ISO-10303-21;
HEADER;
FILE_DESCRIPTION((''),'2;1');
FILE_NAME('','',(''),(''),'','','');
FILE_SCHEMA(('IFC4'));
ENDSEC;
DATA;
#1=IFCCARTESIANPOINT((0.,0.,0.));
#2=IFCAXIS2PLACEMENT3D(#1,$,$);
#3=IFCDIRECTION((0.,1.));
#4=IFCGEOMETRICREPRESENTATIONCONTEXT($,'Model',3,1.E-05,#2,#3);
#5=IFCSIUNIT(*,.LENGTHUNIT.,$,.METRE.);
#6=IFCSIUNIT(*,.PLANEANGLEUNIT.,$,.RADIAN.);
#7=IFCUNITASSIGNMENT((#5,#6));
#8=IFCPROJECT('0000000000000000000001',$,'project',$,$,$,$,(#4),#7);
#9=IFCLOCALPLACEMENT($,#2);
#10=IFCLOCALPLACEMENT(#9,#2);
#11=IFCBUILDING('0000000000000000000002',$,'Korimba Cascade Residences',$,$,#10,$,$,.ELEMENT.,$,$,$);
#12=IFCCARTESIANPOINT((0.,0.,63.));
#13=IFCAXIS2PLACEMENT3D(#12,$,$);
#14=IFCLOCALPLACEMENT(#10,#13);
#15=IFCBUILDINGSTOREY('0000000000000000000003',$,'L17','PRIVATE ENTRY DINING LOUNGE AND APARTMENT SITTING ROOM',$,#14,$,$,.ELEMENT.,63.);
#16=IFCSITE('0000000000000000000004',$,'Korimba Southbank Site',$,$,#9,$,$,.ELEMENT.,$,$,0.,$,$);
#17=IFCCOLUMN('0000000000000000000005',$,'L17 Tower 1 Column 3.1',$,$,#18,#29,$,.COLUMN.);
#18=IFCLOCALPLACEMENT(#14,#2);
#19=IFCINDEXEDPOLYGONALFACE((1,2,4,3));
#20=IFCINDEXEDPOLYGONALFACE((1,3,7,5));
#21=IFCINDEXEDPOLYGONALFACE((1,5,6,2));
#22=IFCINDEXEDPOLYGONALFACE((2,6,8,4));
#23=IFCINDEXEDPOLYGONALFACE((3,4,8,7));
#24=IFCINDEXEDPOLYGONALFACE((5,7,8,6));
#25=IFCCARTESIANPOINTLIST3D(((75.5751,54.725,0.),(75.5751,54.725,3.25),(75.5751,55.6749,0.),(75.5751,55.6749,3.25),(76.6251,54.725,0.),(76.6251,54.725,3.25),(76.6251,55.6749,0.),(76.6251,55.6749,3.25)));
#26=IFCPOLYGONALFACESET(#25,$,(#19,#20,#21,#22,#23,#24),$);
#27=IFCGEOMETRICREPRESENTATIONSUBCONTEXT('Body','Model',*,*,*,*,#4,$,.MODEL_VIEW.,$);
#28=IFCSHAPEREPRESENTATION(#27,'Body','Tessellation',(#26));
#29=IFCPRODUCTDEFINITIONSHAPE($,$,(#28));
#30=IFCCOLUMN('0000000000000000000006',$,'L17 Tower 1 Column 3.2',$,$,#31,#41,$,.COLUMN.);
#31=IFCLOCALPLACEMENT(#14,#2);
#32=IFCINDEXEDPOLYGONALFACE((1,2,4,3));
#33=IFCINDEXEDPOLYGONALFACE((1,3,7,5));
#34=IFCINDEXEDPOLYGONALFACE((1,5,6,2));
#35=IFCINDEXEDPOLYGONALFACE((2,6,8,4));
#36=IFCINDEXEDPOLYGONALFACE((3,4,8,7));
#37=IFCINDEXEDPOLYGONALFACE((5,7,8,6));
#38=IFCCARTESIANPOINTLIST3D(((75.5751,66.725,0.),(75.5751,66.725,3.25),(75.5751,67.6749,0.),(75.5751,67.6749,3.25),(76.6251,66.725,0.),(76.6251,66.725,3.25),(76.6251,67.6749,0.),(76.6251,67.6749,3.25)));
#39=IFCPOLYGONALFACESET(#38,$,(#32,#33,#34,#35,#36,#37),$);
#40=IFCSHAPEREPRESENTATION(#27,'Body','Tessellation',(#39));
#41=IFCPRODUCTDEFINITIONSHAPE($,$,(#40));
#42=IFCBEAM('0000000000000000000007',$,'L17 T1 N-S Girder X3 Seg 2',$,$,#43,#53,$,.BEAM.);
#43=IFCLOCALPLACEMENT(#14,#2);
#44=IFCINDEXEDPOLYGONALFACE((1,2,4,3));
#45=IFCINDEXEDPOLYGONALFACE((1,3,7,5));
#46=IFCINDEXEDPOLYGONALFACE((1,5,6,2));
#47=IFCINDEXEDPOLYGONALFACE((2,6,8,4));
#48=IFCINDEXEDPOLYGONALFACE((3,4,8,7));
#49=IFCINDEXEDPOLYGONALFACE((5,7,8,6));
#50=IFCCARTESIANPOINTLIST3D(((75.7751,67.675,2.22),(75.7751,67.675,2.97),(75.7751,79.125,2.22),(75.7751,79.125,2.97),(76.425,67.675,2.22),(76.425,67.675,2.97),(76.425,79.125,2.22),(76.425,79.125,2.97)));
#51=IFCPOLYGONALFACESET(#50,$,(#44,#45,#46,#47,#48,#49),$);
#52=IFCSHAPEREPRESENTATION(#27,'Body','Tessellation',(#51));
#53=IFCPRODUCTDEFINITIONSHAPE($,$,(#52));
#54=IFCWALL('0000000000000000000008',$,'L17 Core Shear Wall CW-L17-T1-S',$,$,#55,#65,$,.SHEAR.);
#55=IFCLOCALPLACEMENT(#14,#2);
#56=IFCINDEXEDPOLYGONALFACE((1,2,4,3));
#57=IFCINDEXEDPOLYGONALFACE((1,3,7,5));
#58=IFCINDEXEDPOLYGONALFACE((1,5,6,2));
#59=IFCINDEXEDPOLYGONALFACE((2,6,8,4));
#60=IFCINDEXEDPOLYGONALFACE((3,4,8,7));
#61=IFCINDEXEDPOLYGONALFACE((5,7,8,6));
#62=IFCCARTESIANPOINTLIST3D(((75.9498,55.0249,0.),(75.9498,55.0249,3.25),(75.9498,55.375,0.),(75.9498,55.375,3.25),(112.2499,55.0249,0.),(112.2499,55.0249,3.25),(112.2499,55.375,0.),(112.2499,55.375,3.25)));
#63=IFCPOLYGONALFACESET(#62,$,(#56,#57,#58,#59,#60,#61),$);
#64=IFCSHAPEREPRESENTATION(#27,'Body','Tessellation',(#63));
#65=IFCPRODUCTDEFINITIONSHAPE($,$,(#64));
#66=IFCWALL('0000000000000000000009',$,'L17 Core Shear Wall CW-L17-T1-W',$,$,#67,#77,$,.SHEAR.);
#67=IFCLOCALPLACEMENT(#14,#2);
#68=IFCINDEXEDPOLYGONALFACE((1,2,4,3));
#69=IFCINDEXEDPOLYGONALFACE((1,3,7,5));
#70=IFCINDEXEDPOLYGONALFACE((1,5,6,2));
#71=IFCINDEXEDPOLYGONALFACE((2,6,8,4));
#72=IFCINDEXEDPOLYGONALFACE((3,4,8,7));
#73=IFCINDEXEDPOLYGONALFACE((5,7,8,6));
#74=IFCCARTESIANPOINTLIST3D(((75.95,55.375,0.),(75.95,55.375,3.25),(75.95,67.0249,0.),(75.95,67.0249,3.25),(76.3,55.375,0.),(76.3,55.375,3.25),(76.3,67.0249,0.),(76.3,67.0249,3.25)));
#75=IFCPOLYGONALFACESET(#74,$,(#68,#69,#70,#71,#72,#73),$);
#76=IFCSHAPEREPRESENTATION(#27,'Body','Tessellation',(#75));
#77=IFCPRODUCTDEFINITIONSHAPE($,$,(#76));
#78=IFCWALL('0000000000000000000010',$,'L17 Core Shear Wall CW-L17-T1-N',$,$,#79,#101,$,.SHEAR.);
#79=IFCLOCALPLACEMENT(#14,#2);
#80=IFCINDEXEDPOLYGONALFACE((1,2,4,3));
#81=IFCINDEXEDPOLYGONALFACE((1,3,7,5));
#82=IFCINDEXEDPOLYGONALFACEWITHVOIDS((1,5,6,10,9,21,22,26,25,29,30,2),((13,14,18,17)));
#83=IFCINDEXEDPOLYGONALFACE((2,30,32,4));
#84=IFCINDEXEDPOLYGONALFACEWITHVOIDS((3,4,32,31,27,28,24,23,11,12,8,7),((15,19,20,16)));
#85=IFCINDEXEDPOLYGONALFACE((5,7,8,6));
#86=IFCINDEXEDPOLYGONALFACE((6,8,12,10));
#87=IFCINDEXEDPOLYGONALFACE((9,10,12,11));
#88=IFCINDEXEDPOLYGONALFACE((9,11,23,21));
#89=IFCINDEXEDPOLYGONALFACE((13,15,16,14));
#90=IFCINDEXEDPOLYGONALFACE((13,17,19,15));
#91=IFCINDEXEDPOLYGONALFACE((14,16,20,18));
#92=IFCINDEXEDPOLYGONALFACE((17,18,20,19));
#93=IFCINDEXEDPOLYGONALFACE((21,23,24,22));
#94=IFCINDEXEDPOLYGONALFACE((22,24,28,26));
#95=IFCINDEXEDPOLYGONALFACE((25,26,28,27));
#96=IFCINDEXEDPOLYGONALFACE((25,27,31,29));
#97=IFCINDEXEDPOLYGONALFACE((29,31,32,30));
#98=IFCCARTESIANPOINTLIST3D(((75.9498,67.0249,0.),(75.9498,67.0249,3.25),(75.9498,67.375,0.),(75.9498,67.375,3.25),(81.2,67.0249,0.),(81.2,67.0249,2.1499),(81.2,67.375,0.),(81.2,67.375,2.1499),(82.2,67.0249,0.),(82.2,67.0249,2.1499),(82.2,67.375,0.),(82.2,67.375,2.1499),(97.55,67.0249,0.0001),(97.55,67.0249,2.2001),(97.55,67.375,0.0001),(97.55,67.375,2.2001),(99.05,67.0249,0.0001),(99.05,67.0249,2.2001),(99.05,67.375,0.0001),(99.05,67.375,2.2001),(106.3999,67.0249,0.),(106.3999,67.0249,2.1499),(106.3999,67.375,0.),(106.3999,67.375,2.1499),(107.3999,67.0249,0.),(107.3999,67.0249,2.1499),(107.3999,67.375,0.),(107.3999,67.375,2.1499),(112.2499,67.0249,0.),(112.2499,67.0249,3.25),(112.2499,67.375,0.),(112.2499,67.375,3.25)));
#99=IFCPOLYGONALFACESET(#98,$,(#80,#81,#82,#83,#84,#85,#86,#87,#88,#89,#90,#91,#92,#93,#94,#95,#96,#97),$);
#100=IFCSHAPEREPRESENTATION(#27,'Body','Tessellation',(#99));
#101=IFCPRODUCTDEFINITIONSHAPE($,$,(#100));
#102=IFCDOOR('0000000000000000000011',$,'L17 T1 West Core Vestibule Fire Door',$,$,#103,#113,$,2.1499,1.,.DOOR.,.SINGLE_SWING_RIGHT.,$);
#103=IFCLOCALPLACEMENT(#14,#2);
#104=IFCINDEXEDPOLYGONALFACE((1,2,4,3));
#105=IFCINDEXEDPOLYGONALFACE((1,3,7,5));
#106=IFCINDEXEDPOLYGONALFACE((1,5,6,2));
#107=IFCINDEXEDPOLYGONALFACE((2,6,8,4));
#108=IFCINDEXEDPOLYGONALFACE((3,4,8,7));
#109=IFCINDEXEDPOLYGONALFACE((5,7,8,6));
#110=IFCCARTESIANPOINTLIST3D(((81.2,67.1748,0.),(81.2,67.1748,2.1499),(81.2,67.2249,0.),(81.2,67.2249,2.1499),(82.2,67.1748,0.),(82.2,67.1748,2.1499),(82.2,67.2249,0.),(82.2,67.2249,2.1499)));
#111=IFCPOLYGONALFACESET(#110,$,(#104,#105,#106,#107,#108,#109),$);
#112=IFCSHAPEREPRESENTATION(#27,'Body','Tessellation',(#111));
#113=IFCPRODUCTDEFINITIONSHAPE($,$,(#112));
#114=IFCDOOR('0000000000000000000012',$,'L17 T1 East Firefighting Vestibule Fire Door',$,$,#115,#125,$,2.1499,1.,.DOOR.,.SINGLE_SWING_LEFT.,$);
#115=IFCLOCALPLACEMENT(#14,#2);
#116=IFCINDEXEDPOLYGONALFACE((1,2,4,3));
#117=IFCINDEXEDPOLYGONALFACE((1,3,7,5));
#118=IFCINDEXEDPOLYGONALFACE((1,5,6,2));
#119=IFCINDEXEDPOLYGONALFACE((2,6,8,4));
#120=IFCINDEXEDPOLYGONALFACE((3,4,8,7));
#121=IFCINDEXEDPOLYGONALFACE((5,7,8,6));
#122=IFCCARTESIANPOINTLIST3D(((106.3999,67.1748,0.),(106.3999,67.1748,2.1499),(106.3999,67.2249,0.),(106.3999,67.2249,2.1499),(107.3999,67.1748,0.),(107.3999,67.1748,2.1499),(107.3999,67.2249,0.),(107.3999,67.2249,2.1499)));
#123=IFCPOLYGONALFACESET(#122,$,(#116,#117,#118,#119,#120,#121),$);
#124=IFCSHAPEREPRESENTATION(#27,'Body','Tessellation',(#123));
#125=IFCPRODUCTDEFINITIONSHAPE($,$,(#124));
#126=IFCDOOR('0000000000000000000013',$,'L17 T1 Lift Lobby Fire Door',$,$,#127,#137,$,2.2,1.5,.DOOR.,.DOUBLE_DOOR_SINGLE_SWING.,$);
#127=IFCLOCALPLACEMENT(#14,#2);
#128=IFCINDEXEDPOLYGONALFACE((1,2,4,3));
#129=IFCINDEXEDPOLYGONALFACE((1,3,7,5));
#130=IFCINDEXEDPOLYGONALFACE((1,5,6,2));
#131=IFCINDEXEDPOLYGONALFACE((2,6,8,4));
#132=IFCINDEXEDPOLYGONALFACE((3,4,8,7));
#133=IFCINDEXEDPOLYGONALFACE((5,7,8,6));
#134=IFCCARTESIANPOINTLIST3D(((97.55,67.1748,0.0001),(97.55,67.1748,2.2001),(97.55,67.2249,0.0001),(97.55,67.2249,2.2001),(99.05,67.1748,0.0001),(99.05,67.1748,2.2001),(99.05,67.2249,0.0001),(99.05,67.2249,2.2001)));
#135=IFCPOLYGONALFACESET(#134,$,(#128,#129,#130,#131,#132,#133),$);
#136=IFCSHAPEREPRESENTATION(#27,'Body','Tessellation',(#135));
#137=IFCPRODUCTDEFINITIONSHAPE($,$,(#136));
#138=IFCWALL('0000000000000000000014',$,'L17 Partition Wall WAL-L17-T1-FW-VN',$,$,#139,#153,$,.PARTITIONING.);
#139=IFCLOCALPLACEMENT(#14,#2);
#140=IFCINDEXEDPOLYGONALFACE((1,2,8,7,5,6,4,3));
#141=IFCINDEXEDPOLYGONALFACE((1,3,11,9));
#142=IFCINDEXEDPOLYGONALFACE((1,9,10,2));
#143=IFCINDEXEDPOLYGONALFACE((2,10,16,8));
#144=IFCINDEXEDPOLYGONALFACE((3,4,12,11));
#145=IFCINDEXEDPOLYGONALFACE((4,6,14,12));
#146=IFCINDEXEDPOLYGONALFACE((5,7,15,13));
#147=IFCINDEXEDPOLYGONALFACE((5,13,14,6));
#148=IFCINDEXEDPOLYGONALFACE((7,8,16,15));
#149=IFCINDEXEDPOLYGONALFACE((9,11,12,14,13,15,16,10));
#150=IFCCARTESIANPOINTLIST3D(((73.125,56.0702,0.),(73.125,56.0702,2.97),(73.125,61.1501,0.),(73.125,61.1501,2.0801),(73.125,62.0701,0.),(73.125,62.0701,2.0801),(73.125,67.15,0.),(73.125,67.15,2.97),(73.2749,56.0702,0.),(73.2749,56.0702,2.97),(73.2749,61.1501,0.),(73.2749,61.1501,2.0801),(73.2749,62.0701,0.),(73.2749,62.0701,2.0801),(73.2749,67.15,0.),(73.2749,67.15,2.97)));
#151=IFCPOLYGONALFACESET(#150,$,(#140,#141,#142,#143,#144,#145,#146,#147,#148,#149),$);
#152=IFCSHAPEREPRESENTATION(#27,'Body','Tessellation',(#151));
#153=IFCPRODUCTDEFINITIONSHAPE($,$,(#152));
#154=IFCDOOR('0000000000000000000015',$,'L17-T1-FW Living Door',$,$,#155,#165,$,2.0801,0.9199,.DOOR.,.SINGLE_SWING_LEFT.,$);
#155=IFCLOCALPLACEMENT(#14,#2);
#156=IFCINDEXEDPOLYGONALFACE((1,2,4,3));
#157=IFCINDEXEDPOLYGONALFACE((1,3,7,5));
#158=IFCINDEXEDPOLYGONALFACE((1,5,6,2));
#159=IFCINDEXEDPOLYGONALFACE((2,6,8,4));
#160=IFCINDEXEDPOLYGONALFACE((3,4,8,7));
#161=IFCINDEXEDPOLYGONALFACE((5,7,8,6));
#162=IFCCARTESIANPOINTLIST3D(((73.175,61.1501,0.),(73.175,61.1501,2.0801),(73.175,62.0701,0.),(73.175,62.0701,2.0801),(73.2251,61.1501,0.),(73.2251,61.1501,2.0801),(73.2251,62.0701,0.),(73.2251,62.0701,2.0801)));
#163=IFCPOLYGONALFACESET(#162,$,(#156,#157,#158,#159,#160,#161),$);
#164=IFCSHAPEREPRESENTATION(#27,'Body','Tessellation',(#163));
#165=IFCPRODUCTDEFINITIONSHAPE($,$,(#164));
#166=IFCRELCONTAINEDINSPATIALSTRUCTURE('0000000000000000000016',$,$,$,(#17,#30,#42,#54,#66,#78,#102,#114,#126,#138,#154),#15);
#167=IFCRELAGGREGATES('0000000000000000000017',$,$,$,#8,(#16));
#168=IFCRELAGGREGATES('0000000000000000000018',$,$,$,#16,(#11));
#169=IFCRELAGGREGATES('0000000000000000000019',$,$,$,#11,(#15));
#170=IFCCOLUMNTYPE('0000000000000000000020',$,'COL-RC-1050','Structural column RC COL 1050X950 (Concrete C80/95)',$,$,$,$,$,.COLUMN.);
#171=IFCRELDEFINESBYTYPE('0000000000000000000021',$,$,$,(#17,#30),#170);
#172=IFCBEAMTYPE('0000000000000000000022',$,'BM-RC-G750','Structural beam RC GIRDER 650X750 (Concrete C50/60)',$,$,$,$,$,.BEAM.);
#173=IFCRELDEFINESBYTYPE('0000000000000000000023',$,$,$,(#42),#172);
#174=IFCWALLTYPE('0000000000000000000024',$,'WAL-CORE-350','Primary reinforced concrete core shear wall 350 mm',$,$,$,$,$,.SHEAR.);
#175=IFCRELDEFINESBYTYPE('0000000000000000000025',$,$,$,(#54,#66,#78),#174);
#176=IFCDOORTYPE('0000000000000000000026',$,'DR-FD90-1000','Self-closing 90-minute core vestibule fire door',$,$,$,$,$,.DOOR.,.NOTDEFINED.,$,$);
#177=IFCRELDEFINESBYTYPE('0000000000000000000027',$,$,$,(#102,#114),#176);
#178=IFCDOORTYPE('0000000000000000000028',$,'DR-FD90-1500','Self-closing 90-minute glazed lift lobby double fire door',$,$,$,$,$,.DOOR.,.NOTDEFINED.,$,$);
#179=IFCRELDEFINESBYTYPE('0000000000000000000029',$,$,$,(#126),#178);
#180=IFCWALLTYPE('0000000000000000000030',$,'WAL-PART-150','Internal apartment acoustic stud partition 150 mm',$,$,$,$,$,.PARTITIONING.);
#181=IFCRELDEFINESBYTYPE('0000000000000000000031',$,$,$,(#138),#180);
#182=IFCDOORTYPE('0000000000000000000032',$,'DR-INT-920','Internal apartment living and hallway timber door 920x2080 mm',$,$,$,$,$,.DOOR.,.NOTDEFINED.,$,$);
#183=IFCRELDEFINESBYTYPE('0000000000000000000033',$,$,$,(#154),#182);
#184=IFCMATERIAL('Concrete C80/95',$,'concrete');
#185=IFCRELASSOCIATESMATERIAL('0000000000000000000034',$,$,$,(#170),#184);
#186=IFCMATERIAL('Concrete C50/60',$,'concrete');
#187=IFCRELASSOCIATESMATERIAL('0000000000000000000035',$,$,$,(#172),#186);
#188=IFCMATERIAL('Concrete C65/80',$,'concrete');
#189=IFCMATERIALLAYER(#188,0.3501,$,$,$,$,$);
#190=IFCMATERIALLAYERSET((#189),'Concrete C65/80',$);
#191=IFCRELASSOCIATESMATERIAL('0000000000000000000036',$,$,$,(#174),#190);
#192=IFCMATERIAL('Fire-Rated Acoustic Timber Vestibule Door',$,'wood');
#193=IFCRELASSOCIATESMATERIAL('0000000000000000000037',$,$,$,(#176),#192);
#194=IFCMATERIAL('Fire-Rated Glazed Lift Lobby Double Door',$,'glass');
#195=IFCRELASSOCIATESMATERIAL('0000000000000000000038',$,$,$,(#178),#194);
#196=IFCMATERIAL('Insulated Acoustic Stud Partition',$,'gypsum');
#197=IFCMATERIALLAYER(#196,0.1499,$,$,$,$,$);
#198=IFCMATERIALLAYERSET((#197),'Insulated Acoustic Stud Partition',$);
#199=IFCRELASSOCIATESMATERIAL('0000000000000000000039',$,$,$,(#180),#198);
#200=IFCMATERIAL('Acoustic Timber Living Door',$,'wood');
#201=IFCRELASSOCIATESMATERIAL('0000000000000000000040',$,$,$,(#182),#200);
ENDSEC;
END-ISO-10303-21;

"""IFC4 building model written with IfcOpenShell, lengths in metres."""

from ifc_helpers import new_model, si_unit, direction, frame, frame_2d, origin, origin_2d, place, context, subcontext, project, spatial, rectangle, extrude, material, layer, layer_set, material_profile, profile_set, type_object, element, fill, save


model = new_model("IFC4")

# Units and contexts
model_context = context("Model", 3, precision=1e-05, world=origin(), true_north=direction((0.0, 1.0)))
body_context = subcontext(model_context, "Body", "Model", "MODEL_VIEW")
ifc_project = project(units=[si_unit("LENGTHUNIT", "METRE"), si_unit("PLANEANGLEUNIT", "RADIAN")], contexts=[model_context])

# Site, building, storey
site_placement = place(None, origin())
site = spatial("IfcSite", under=ifc_project, at=site_placement, Name="Korimba Southbank Site", CompositionType="ELEMENT", RefElevation=0.0)
building_placement = place(site_placement, origin())
building = spatial("IfcBuilding", under=site, at=building_placement, Name="Korimba Cascade Residences", CompositionType="ELEMENT")
storey_placement = place(building_placement, frame((0.0, 0.0, 63.0)))
storey = spatial("IfcBuildingStorey", under=building, at=storey_placement, Name="L17", Description="PRIVATE ENTRY DINING LOUNGE AND APARTMENT SITTING ROOM", CompositionType="ELEMENT", Elevation=63.0)

# Columns
ifc_material_1 = material(Name="Concrete C80/95", Category="concrete")
ifc_material_profile_1 = material_profile(ifc_material_1, rectangle(XDim=1.05, YDim=0.95, at=origin_2d()), Name="Concrete C80/95")
ifc_profile_set_1 = profile_set([ifc_material_profile_1], Name="Concrete C80/95")
column_type = type_object("IfcColumnType", Name="COL-RC-1050", Description="Structural column RC COL 1050X950 (Concrete C80/95)", PredefinedType="COLUMN", material=ifc_profile_set_1)
for number, where, z_axis, x_axis, name in (
    (1, (76.1001, 55.2, 0.0), (0.0, 0.0, 1.0), (1.0, 0.0, 0.0), "L17 Tower 1 Column 3.1"),
    (2, (76.1001, 67.2, 0.0), (0.0, 0.0, 1.0), (1.0, 0.0, 0.0), "L17 Tower 1 Column 3.2"),
):
    element("IfcColumn", number, at=place(storey_placement, frame(where, z_axis=z_axis, x_axis=x_axis)), inside=storey, type_object=column_type, Name=name, PredefinedType="COLUMN", context=body_context, shape_type="SweptSolid", body=[
        extrude(rectangle(XDim=1.05, YDim=0.95, at=origin_2d()), origin(), (0.0, 0.0, 1.0), 3.25),
    ])

# Beam
ifc_material_2 = material(Name="Concrete C50/60", Category="concrete")
ifc_material_profile_2 = material_profile(ifc_material_2, rectangle(XDim=0.6499, YDim=0.75, at=origin_2d()), Name="Concrete C50/60")
ifc_profile_set_2 = profile_set([ifc_material_profile_2], Name="Concrete C50/60")
beam_type = type_object("IfcBeamType", Name="BM-RC-G750", Description="Structural beam RC GIRDER 650X750 (Concrete C50/60)", PredefinedType="BEAM", material=ifc_profile_set_2)
beam_placement = place(storey_placement, frame((76.1001, 67.675, 2.595), z_axis=(0.0, 1.0, 0.0), x_axis=(-1.0, 0.0, 0.0)))
element("IfcBeam", 3, at=beam_placement, inside=storey, type_object=beam_type, Name="L17 T1 N-S Girder X3 Seg 2", PredefinedType="BEAM", context=body_context, shape_type="SweptSolid", body=[
    extrude(rectangle(XDim=0.6499, YDim=0.75, at=origin_2d()), origin(), (0.0, 0.0, 1.0), 11.45),
])

# Walls
ifc_material_3 = material(Name="Concrete C65/80", Category="concrete")
ifc_layer_1 = layer(ifc_material_3, 0.3501)
ifc_layer_set_1 = layer_set([ifc_layer_1], Name="Concrete C65/80")
wall_type_1 = type_object("IfcWallType", Name="WAL-CORE-350", Description="Primary reinforced concrete core shear wall 350 mm", PredefinedType="SHEAR", material=ifc_layer_set_1)
wall_1_placement = place(storey_placement, frame((75.95, 55.2, 0.0), z_axis=(0.0, 0.0, 1.0), x_axis=(1.0, 0.0, 0.0)))
element("IfcWall", 4, at=wall_1_placement, inside=storey, type_object=wall_type_1, Name="L17 Core Shear Wall CW-L17-T1-S", PredefinedType="SHEAR", context=body_context, shape_type="SweptSolid", body=[
    extrude(rectangle(XDim=36.3, YDim=0.3501, at=frame_2d((18.1499, 0.0))), origin(), (0.0, 0.0, 1.0), 3.25),
])
wall_2_placement = place(storey_placement, frame((76.125, 55.375, 0.0), z_axis=(0.0, 0.0, 1.0), x_axis=(0.0, 1.0, 0.0)))
element("IfcWall", 5, at=wall_2_placement, inside=storey, type_object=wall_type_1, Name="L17 Core Shear Wall CW-L17-T1-W", PredefinedType="SHEAR", context=body_context, shape_type="SweptSolid", body=[
    extrude(rectangle(XDim=11.6499, YDim=0.3501, at=frame_2d((5.825, 0.0))), origin(), (0.0, 0.0, 1.0), 3.25),
])

# Wall, openings, doors
wall_3_placement = place(storey_placement, frame((75.95, 67.2, 0.0), z_axis=(0.0, 0.0, 1.0), x_axis=(1.0, 0.0, 0.0)))
wall_3 = element("IfcWall", 6, at=wall_3_placement, inside=storey, type_object=wall_type_1, Name="L17 Core Shear Wall CW-L17-T1-N", PredefinedType="SHEAR", context=body_context, shape_type="SweptSolid", body=[
    extrude(rectangle(XDim=36.3, YDim=0.3501, at=frame_2d((18.1499, 0.0))), origin(), (0.0, 0.0, 1.0), 3.25),
])
opening_1_placement = place(wall_3_placement, frame((5.25, 0.0, 0.0)))
opening_1 = element("IfcOpeningElement", 7, at=opening_1_placement, cuts=wall_3, PredefinedType="OPENING", context=body_context, shape_type="SweptSolid", body=[
    extrude(rectangle(XDim=1.0, YDim=2.1499, at=frame_2d((0.5, 1.075))), frame((0.0, 0.1851, 0.0), z_axis=(0.0, -1.0, 0.0), x_axis=(1.0, 0.0, 0.0)), (0.0, 0.0, 1.0), 0.3701),
])
opening_2_placement = place(wall_3_placement, frame((21.6001, 0.0, 0.0)))
opening_2 = element("IfcOpeningElement", 8, at=opening_2_placement, cuts=wall_3, PredefinedType="OPENING", context=body_context, shape_type="SweptSolid", body=[
    extrude(rectangle(XDim=1.5, YDim=2.2, at=frame_2d((0.75, 1.1001))), frame((0.0, 0.1851, 0.0), z_axis=(0.0, -1.0, 0.0), x_axis=(1.0, 0.0, 0.0)), (0.0, 0.0, 1.0), 0.3701),
])
opening_3_placement = place(wall_3_placement, frame((30.45, 0.0, 0.0)))
opening_3 = element("IfcOpeningElement", 9, at=opening_3_placement, cuts=wall_3, PredefinedType="OPENING", context=body_context, shape_type="SweptSolid", body=[
    extrude(rectangle(XDim=1.0, YDim=2.1499, at=frame_2d((0.5, 1.075))), frame((0.0, 0.1851, 0.0), z_axis=(0.0, -1.0, 0.0), x_axis=(1.0, 0.0, 0.0)), (0.0, 0.0, 1.0), 0.3701),
])
ifc_material_4 = material(Name="Fire-Rated Acoustic Timber Vestibule Door", Category="wood")
door_type_1 = type_object("IfcDoorType", Name="DR-FD90-1000", Description="Self-closing 90-minute core vestibule fire door", OperationType="NOTDEFINED", PredefinedType="DOOR", material=ifc_material_4)
door_1_placement = place(opening_1_placement, origin())
door_1 = element("IfcDoor", 10, at=door_1_placement, inside=storey, type_object=door_type_1, Name="L17 T1 West Core Vestibule Fire Door", OperationType="SINGLE_SWING_RIGHT", OverallHeight=2.1499, OverallWidth=1.0, PredefinedType="DOOR", context=body_context, shape_type="SweptSolid", body=[
    extrude(rectangle(XDim=1.0, YDim=2.1499, at=frame_2d((0.5, 1.075))), frame((0.0, 0.0249, 0.0), z_axis=(0.0, -1.0, 0.0), x_axis=(1.0, 0.0, 0.0)), (0.0, 0.0, 1.0), 0.05),
])
fill(opening_1, door_1)
door_2_placement = place(opening_3_placement, origin())
door_2 = element("IfcDoor", 11, at=door_2_placement, inside=storey, type_object=door_type_1, Name="L17 T1 East Firefighting Vestibule Fire Door", OperationType="SINGLE_SWING_LEFT", OverallHeight=2.1499, OverallWidth=1.0, PredefinedType="DOOR", context=body_context, shape_type="SweptSolid", body=[
    extrude(rectangle(XDim=1.0, YDim=2.1499, at=frame_2d((0.5, 1.075))), frame((0.0, 0.0249, 0.0), z_axis=(0.0, -1.0, 0.0), x_axis=(1.0, 0.0, 0.0)), (0.0, 0.0, 1.0), 0.05),
])
fill(opening_3, door_2)
ifc_material_5 = material(Name="Fire-Rated Glazed Lift Lobby Double Door", Category="glass")
door_type_2 = type_object("IfcDoorType", Name="DR-FD90-1500", Description="Self-closing 90-minute glazed lift lobby double fire door", OperationType="NOTDEFINED", PredefinedType="DOOR", material=ifc_material_5)
door_3_placement = place(opening_2_placement, origin())
door_3 = element("IfcDoor", 12, at=door_3_placement, inside=storey, type_object=door_type_2, Name="L17 T1 Lift Lobby Fire Door", OperationType="DOUBLE_DOOR_SINGLE_SWING", OverallHeight=2.2, OverallWidth=1.5, PredefinedType="DOOR", context=body_context, shape_type="SweptSolid", body=[
    extrude(rectangle(XDim=1.5, YDim=2.2, at=frame_2d((0.75, 1.1001))), frame((0.0, 0.0249, 0.0), z_axis=(0.0, -1.0, 0.0), x_axis=(1.0, 0.0, 0.0)), (0.0, 0.0, 1.0), 0.05),
])
fill(opening_2, door_3)

# Wall, opening, door
ifc_material_6 = material(Name="Insulated Acoustic Stud Partition", Category="gypsum")
ifc_layer_2 = layer(ifc_material_6, 0.1499)
ifc_layer_set_2 = layer_set([ifc_layer_2], Name="Insulated Acoustic Stud Partition")
wall_type_2 = type_object("IfcWallType", Name="WAL-PART-150", Description="Internal apartment acoustic stud partition 150 mm", PredefinedType="PARTITIONING", material=ifc_layer_set_2)
wall_4_placement = place(storey_placement, frame((73.2, 56.0701, 0.0), z_axis=(0.0, 0.0, 1.0), x_axis=(0.0, 1.0, 0.0)))
wall_4 = element("IfcWall", 13, at=wall_4_placement, inside=storey, type_object=wall_type_2, Name="L17 Partition Wall WAL-L17-T1-FW-VN", PredefinedType="PARTITIONING", context=body_context, shape_type="SweptSolid", body=[
    extrude(rectangle(XDim=11.0798, YDim=0.1499, at=frame_2d((5.54, 0.0))), origin(), (0.0, 0.0, 1.0), 2.97),
])
opening_4_placement = place(wall_4_placement, frame((5.0801, 0.0, 0.0)))
opening_4 = element("IfcOpeningElement", 14, at=opening_4_placement, cuts=wall_4, PredefinedType="OPENING", context=body_context, shape_type="SweptSolid", body=[
    extrude(rectangle(XDim=0.9199, YDim=2.0801, at=frame_2d((0.46, 1.04))), frame((0.0, 0.085, 0.0), z_axis=(0.0, -1.0, 0.0), x_axis=(1.0, 0.0, 0.0)), (0.0, 0.0, 1.0), 0.1699),
])
ifc_material_7 = material(Name="Acoustic Timber Living Door", Category="wood")
door_type_3 = type_object("IfcDoorType", Name="DR-INT-920", Description="Internal apartment living and hallway timber door 920x2080 mm", OperationType="NOTDEFINED", PredefinedType="DOOR", material=ifc_material_7)
door_4_placement = place(opening_4_placement, origin())
door_4 = element("IfcDoor", 15, at=door_4_placement, inside=storey, type_object=door_type_3, Name="L17-T1-FW Living Door", OperationType="SINGLE_SWING_LEFT", OverallHeight=2.0801, OverallWidth=0.9199, PredefinedType="DOOR", context=body_context, shape_type="SweptSolid", body=[
    extrude(rectangle(XDim=0.9199, YDim=2.0801, at=frame_2d((0.46, 1.04))), frame((0.0, 0.0249, 0.0), z_axis=(0.0, -1.0, 0.0), x_axis=(1.0, 0.0, 0.0)), (0.0, 0.0, 1.0), 0.05),
])
fill(opening_4, door_4)

save(model, "model.ifc")
